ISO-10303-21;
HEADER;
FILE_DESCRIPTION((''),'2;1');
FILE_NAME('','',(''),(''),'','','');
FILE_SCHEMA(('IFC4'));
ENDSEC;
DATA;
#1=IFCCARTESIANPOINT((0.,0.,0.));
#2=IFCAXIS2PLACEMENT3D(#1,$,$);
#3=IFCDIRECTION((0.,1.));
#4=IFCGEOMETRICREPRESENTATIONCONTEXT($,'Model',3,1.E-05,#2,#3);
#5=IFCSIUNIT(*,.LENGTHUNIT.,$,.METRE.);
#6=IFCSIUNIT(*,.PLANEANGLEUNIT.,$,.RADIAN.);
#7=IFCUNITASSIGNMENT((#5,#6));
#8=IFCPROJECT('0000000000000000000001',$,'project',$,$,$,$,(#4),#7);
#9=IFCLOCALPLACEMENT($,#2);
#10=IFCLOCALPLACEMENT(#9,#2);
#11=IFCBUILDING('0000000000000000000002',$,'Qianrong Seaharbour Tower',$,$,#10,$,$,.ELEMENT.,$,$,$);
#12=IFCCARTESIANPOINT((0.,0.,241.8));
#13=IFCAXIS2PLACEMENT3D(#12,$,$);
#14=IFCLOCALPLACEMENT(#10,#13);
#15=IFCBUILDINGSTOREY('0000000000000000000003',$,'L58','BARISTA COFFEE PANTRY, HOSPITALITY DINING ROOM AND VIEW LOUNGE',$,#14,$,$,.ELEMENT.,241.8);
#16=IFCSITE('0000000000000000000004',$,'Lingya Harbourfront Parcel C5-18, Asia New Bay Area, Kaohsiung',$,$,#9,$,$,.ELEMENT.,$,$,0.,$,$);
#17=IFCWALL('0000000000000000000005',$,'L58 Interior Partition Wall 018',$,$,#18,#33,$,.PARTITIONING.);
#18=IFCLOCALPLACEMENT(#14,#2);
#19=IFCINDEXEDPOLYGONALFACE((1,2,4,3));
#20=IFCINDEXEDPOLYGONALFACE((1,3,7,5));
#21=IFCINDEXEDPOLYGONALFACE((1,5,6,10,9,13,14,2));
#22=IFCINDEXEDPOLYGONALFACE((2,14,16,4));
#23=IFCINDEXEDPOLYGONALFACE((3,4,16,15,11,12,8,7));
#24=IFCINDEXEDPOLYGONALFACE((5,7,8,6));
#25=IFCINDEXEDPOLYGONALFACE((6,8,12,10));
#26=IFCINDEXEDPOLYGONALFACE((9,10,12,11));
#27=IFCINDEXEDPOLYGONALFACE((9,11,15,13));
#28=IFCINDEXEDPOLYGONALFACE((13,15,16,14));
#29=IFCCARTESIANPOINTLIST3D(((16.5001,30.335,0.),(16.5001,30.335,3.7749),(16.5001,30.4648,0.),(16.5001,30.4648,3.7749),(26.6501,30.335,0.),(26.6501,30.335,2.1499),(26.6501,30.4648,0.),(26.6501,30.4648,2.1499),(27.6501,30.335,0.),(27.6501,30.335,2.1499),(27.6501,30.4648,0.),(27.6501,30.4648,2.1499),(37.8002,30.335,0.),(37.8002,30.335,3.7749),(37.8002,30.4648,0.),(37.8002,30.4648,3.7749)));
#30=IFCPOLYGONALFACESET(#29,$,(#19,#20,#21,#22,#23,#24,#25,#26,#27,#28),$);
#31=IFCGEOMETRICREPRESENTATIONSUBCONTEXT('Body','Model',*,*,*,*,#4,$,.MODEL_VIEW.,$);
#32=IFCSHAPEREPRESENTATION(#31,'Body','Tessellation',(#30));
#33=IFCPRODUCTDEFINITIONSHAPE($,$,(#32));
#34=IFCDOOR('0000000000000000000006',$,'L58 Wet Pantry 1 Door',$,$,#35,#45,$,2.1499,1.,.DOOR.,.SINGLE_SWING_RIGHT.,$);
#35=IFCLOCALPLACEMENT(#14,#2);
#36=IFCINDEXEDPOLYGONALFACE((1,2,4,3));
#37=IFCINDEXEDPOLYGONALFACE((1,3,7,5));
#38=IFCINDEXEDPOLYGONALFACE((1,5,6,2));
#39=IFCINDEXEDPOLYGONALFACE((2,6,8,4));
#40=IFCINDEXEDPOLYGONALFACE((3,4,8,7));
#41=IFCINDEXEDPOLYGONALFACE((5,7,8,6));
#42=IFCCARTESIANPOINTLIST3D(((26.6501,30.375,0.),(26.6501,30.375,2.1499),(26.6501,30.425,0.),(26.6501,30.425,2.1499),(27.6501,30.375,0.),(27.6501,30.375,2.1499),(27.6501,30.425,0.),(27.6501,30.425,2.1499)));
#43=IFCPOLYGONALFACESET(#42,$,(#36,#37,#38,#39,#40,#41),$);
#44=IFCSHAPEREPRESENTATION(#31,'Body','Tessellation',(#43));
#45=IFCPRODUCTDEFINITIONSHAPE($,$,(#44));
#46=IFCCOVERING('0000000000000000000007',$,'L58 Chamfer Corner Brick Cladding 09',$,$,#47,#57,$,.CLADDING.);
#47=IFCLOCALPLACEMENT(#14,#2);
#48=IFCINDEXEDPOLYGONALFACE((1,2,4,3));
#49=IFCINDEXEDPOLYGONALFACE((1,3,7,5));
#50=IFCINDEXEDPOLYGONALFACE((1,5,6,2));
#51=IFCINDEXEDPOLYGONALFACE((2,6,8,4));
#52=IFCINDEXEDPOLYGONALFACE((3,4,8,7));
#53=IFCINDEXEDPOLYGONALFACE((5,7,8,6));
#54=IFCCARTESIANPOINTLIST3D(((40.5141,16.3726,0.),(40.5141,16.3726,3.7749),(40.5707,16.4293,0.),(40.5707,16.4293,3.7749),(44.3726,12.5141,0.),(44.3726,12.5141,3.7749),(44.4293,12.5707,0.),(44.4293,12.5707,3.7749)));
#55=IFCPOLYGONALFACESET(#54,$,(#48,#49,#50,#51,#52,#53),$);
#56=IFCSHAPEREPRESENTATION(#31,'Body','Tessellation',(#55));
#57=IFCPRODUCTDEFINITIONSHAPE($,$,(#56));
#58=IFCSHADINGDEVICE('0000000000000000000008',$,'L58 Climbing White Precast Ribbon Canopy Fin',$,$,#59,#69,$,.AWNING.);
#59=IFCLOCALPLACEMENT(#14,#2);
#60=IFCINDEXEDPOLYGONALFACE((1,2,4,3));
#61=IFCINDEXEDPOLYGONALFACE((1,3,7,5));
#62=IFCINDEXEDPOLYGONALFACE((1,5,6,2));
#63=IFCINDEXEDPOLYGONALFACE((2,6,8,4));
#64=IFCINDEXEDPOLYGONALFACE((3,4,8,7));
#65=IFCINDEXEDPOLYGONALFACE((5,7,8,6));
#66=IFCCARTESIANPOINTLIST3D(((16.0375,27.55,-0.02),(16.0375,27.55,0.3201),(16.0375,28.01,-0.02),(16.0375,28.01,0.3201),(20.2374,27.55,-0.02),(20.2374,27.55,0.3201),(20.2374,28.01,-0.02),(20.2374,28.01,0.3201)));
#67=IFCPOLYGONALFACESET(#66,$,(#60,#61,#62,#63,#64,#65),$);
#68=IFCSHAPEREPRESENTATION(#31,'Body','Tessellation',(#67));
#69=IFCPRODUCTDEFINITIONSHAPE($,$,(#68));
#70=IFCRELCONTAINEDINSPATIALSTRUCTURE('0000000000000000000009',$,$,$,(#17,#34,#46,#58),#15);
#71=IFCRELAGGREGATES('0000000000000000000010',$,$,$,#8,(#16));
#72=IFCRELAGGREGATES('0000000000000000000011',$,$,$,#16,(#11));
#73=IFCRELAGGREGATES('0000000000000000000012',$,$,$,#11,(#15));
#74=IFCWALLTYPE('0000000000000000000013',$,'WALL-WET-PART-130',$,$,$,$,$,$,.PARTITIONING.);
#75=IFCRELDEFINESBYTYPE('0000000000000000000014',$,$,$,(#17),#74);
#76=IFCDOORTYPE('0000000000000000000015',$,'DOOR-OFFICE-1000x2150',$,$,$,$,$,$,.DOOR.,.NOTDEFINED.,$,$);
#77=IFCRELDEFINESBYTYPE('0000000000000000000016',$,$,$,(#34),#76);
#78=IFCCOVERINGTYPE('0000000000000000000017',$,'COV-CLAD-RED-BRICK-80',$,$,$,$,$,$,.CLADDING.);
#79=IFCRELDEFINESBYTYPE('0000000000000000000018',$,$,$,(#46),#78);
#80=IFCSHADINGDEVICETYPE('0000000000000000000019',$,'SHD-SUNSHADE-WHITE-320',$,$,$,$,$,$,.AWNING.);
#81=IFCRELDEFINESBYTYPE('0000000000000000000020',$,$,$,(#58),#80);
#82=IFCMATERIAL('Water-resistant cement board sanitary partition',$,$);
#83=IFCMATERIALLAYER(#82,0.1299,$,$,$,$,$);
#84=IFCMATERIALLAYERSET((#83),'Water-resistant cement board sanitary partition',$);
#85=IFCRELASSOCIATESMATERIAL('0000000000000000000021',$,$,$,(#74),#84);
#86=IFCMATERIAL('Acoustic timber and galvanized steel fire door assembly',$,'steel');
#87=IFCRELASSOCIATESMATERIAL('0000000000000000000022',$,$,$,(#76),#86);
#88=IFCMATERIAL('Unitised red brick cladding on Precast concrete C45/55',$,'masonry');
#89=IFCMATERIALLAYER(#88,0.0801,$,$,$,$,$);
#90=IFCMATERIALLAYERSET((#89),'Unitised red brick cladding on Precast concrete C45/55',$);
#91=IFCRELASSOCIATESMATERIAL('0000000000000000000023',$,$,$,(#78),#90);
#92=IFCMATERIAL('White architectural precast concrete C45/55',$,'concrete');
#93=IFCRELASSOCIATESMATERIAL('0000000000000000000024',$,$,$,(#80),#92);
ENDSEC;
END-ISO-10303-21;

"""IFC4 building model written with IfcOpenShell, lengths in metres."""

from ifc_helpers import new_model, si_unit, direction, frame, frame_2d, origin, origin_2d, place, context, subcontext, project, spatial, rectangle, extrude, material, layer, layer_set, type_object, element, fill, save


model = new_model("IFC4")

# Units and contexts
model_context = context("Model", 3, precision=1e-05, world=origin(), true_north=direction((0.0, 1.0)))
body_context = subcontext(model_context, "Body", "Model", "MODEL_VIEW")
ifc_project = project(units=[si_unit("LENGTHUNIT", "METRE"), si_unit("PLANEANGLEUNIT", "RADIAN")], contexts=[model_context])

# Site, building, storey
site_placement = place(None, origin())
site = spatial("IfcSite", under=ifc_project, at=site_placement, Name="Lingya Harbourfront Parcel C5-18, Asia New Bay Area, Kaohsiung", CompositionType="ELEMENT", RefElevation=0.0)
building_placement = place(site_placement, origin())
building = spatial("IfcBuilding", under=site, at=building_placement, Name="Qianrong Seaharbour Tower", CompositionType="ELEMENT")
storey_placement = place(building_placement, frame((0.0, 0.0, 241.8)))
storey = spatial("IfcBuildingStorey", under=building, at=storey_placement, Name="L58", Description="BARISTA COFFEE PANTRY, HOSPITALITY DINING ROOM AND VIEW LOUNGE", CompositionType="ELEMENT", Elevation=241.8)

# Wall, opening, door
ifc_material_1 = material(Name="Water-resistant cement board sanitary partition")
ifc_layer_1 = layer(ifc_material_1, 0.1299)
ifc_layer_set_1 = layer_set([ifc_layer_1], Name="Water-resistant cement board sanitary partition")
wall_type_1 = type_object("IfcWallType", Name="WALL-WET-PART-130", PredefinedType="PARTITIONING", material=ifc_layer_set_1)
wall_1_placement = place(storey_placement, frame((37.8, 30.3999, 0.0), z_axis=(0.0, 0.0, 1.0), x_axis=(-1.0, 0.0, 0.0)))
wall_1 = element("IfcWall", 1, at=wall_1_placement, inside=storey, type_object=wall_type_1, Name="L58 Interior Partition Wall 018", PredefinedType="PARTITIONING", context=body_context, shape_type="SweptSolid", body=[
    extrude(rectangle(XDim=21.3, YDim=0.1299, at=frame_2d((10.6499, 0.0))), origin(), (0.0, 0.0, 1.0), 3.7749),
])
opening_1_placement = place(wall_1_placement, frame((10.1499, 0.0, 0.0)))
opening_1 = element("IfcOpeningElement", 2, at=opening_1_placement, cuts=wall_1, PredefinedType="OPENING", context=body_context, shape_type="SweptSolid", body=[
    extrude(rectangle(XDim=1.0, YDim=2.1499, at=frame_2d((0.5, 1.075))), frame((0.0, 0.075, 0.0), z_axis=(0.0, -1.0, 0.0), x_axis=(1.0, 0.0, 0.0)), (0.0, 0.0, 1.0), 0.1499),
])
ifc_material_2 = material(Name="Acoustic timber and galvanized steel fire door assembly", Category="steel")
door_type = type_object("IfcDoorType", Name="DOOR-OFFICE-1000x2150", OperationType="NOTDEFINED", PredefinedType="DOOR", material=ifc_material_2)
door_placement = place(opening_1_placement, origin())
door = element("IfcDoor", 3, at=door_placement, inside=storey, type_object=door_type, Name="L58 Wet Pantry 1 Door", OperationType="SINGLE_SWING_RIGHT", OverallHeight=2.1499, OverallWidth=1.0, PredefinedType="DOOR", context=body_context, shape_type="SweptSolid", body=[
    extrude(rectangle(XDim=1.0, YDim=2.1499, at=frame_2d((0.5, 1.075))), frame((0.0, 0.0249, 0.0), z_axis=(0.0, -1.0, 0.0), x_axis=(1.0, 0.0, 0.0)), (0.0, 0.0, 1.0), 0.05),
])
fill(opening_1, door)

# Covering
ifc_material_3 = material(Name="Unitised red brick cladding on Precast concrete C45/55", Category="masonry")
ifc_layer_2 = layer(ifc_material_3, 0.0801)
ifc_layer_set_2 = layer_set([ifc_layer_2], Name="Unitised red brick cladding on Precast concrete C45/55")
covering_type = type_object("IfcCoveringType", Name="COV-CLAD-RED-BRICK-80", PredefinedType="CLADDING", material=ifc_layer_set_2)
covering_placement = place(storey_placement, frame((42.4717, 14.4717, 0.0), z_axis=(0.0, 0.0, 1.0), x_axis=(-0.707107, 0.707107, 0.0)))
element("IfcCovering", 4, at=covering_placement, inside=storey, type_object=covering_type, Name="L58 Chamfer Corner Brick Cladding 09", PredefinedType="CLADDING", context=body_context, shape_type="SweptSolid", body=[
    extrude(rectangle(XDim=5.4568, YDim=0.0801, at=origin_2d()), origin(), (0.0, 0.0, 1.0), 3.7749),
])

# Shading device
ifc_material_4 = material(Name="White architectural precast concrete C45/55", Category="concrete")
shading_device_type = type_object("IfcShadingDeviceType", Name="SHD-SUNSHADE-WHITE-320", PredefinedType="AWNING", material=ifc_material_4)
shading_device_placement = place(storey_placement, frame((18.1375, 27.78, -0.02), z_axis=(0.0, 0.0, 1.0), x_axis=(1.0, 0.0, 0.0)))
element("IfcShadingDevice", 5, at=shading_device_placement, inside=storey, type_object=shading_device_type, Name="L58 Climbing White Precast Ribbon Canopy Fin", PredefinedType="AWNING", context=body_context, shape_type="SweptSolid", body=[
    extrude(rectangle(XDim=4.2, YDim=0.46, at=origin_2d()), origin(), (0.0, 0.0, 1.0), 0.3401),
])

save(model, "model.ifc")
